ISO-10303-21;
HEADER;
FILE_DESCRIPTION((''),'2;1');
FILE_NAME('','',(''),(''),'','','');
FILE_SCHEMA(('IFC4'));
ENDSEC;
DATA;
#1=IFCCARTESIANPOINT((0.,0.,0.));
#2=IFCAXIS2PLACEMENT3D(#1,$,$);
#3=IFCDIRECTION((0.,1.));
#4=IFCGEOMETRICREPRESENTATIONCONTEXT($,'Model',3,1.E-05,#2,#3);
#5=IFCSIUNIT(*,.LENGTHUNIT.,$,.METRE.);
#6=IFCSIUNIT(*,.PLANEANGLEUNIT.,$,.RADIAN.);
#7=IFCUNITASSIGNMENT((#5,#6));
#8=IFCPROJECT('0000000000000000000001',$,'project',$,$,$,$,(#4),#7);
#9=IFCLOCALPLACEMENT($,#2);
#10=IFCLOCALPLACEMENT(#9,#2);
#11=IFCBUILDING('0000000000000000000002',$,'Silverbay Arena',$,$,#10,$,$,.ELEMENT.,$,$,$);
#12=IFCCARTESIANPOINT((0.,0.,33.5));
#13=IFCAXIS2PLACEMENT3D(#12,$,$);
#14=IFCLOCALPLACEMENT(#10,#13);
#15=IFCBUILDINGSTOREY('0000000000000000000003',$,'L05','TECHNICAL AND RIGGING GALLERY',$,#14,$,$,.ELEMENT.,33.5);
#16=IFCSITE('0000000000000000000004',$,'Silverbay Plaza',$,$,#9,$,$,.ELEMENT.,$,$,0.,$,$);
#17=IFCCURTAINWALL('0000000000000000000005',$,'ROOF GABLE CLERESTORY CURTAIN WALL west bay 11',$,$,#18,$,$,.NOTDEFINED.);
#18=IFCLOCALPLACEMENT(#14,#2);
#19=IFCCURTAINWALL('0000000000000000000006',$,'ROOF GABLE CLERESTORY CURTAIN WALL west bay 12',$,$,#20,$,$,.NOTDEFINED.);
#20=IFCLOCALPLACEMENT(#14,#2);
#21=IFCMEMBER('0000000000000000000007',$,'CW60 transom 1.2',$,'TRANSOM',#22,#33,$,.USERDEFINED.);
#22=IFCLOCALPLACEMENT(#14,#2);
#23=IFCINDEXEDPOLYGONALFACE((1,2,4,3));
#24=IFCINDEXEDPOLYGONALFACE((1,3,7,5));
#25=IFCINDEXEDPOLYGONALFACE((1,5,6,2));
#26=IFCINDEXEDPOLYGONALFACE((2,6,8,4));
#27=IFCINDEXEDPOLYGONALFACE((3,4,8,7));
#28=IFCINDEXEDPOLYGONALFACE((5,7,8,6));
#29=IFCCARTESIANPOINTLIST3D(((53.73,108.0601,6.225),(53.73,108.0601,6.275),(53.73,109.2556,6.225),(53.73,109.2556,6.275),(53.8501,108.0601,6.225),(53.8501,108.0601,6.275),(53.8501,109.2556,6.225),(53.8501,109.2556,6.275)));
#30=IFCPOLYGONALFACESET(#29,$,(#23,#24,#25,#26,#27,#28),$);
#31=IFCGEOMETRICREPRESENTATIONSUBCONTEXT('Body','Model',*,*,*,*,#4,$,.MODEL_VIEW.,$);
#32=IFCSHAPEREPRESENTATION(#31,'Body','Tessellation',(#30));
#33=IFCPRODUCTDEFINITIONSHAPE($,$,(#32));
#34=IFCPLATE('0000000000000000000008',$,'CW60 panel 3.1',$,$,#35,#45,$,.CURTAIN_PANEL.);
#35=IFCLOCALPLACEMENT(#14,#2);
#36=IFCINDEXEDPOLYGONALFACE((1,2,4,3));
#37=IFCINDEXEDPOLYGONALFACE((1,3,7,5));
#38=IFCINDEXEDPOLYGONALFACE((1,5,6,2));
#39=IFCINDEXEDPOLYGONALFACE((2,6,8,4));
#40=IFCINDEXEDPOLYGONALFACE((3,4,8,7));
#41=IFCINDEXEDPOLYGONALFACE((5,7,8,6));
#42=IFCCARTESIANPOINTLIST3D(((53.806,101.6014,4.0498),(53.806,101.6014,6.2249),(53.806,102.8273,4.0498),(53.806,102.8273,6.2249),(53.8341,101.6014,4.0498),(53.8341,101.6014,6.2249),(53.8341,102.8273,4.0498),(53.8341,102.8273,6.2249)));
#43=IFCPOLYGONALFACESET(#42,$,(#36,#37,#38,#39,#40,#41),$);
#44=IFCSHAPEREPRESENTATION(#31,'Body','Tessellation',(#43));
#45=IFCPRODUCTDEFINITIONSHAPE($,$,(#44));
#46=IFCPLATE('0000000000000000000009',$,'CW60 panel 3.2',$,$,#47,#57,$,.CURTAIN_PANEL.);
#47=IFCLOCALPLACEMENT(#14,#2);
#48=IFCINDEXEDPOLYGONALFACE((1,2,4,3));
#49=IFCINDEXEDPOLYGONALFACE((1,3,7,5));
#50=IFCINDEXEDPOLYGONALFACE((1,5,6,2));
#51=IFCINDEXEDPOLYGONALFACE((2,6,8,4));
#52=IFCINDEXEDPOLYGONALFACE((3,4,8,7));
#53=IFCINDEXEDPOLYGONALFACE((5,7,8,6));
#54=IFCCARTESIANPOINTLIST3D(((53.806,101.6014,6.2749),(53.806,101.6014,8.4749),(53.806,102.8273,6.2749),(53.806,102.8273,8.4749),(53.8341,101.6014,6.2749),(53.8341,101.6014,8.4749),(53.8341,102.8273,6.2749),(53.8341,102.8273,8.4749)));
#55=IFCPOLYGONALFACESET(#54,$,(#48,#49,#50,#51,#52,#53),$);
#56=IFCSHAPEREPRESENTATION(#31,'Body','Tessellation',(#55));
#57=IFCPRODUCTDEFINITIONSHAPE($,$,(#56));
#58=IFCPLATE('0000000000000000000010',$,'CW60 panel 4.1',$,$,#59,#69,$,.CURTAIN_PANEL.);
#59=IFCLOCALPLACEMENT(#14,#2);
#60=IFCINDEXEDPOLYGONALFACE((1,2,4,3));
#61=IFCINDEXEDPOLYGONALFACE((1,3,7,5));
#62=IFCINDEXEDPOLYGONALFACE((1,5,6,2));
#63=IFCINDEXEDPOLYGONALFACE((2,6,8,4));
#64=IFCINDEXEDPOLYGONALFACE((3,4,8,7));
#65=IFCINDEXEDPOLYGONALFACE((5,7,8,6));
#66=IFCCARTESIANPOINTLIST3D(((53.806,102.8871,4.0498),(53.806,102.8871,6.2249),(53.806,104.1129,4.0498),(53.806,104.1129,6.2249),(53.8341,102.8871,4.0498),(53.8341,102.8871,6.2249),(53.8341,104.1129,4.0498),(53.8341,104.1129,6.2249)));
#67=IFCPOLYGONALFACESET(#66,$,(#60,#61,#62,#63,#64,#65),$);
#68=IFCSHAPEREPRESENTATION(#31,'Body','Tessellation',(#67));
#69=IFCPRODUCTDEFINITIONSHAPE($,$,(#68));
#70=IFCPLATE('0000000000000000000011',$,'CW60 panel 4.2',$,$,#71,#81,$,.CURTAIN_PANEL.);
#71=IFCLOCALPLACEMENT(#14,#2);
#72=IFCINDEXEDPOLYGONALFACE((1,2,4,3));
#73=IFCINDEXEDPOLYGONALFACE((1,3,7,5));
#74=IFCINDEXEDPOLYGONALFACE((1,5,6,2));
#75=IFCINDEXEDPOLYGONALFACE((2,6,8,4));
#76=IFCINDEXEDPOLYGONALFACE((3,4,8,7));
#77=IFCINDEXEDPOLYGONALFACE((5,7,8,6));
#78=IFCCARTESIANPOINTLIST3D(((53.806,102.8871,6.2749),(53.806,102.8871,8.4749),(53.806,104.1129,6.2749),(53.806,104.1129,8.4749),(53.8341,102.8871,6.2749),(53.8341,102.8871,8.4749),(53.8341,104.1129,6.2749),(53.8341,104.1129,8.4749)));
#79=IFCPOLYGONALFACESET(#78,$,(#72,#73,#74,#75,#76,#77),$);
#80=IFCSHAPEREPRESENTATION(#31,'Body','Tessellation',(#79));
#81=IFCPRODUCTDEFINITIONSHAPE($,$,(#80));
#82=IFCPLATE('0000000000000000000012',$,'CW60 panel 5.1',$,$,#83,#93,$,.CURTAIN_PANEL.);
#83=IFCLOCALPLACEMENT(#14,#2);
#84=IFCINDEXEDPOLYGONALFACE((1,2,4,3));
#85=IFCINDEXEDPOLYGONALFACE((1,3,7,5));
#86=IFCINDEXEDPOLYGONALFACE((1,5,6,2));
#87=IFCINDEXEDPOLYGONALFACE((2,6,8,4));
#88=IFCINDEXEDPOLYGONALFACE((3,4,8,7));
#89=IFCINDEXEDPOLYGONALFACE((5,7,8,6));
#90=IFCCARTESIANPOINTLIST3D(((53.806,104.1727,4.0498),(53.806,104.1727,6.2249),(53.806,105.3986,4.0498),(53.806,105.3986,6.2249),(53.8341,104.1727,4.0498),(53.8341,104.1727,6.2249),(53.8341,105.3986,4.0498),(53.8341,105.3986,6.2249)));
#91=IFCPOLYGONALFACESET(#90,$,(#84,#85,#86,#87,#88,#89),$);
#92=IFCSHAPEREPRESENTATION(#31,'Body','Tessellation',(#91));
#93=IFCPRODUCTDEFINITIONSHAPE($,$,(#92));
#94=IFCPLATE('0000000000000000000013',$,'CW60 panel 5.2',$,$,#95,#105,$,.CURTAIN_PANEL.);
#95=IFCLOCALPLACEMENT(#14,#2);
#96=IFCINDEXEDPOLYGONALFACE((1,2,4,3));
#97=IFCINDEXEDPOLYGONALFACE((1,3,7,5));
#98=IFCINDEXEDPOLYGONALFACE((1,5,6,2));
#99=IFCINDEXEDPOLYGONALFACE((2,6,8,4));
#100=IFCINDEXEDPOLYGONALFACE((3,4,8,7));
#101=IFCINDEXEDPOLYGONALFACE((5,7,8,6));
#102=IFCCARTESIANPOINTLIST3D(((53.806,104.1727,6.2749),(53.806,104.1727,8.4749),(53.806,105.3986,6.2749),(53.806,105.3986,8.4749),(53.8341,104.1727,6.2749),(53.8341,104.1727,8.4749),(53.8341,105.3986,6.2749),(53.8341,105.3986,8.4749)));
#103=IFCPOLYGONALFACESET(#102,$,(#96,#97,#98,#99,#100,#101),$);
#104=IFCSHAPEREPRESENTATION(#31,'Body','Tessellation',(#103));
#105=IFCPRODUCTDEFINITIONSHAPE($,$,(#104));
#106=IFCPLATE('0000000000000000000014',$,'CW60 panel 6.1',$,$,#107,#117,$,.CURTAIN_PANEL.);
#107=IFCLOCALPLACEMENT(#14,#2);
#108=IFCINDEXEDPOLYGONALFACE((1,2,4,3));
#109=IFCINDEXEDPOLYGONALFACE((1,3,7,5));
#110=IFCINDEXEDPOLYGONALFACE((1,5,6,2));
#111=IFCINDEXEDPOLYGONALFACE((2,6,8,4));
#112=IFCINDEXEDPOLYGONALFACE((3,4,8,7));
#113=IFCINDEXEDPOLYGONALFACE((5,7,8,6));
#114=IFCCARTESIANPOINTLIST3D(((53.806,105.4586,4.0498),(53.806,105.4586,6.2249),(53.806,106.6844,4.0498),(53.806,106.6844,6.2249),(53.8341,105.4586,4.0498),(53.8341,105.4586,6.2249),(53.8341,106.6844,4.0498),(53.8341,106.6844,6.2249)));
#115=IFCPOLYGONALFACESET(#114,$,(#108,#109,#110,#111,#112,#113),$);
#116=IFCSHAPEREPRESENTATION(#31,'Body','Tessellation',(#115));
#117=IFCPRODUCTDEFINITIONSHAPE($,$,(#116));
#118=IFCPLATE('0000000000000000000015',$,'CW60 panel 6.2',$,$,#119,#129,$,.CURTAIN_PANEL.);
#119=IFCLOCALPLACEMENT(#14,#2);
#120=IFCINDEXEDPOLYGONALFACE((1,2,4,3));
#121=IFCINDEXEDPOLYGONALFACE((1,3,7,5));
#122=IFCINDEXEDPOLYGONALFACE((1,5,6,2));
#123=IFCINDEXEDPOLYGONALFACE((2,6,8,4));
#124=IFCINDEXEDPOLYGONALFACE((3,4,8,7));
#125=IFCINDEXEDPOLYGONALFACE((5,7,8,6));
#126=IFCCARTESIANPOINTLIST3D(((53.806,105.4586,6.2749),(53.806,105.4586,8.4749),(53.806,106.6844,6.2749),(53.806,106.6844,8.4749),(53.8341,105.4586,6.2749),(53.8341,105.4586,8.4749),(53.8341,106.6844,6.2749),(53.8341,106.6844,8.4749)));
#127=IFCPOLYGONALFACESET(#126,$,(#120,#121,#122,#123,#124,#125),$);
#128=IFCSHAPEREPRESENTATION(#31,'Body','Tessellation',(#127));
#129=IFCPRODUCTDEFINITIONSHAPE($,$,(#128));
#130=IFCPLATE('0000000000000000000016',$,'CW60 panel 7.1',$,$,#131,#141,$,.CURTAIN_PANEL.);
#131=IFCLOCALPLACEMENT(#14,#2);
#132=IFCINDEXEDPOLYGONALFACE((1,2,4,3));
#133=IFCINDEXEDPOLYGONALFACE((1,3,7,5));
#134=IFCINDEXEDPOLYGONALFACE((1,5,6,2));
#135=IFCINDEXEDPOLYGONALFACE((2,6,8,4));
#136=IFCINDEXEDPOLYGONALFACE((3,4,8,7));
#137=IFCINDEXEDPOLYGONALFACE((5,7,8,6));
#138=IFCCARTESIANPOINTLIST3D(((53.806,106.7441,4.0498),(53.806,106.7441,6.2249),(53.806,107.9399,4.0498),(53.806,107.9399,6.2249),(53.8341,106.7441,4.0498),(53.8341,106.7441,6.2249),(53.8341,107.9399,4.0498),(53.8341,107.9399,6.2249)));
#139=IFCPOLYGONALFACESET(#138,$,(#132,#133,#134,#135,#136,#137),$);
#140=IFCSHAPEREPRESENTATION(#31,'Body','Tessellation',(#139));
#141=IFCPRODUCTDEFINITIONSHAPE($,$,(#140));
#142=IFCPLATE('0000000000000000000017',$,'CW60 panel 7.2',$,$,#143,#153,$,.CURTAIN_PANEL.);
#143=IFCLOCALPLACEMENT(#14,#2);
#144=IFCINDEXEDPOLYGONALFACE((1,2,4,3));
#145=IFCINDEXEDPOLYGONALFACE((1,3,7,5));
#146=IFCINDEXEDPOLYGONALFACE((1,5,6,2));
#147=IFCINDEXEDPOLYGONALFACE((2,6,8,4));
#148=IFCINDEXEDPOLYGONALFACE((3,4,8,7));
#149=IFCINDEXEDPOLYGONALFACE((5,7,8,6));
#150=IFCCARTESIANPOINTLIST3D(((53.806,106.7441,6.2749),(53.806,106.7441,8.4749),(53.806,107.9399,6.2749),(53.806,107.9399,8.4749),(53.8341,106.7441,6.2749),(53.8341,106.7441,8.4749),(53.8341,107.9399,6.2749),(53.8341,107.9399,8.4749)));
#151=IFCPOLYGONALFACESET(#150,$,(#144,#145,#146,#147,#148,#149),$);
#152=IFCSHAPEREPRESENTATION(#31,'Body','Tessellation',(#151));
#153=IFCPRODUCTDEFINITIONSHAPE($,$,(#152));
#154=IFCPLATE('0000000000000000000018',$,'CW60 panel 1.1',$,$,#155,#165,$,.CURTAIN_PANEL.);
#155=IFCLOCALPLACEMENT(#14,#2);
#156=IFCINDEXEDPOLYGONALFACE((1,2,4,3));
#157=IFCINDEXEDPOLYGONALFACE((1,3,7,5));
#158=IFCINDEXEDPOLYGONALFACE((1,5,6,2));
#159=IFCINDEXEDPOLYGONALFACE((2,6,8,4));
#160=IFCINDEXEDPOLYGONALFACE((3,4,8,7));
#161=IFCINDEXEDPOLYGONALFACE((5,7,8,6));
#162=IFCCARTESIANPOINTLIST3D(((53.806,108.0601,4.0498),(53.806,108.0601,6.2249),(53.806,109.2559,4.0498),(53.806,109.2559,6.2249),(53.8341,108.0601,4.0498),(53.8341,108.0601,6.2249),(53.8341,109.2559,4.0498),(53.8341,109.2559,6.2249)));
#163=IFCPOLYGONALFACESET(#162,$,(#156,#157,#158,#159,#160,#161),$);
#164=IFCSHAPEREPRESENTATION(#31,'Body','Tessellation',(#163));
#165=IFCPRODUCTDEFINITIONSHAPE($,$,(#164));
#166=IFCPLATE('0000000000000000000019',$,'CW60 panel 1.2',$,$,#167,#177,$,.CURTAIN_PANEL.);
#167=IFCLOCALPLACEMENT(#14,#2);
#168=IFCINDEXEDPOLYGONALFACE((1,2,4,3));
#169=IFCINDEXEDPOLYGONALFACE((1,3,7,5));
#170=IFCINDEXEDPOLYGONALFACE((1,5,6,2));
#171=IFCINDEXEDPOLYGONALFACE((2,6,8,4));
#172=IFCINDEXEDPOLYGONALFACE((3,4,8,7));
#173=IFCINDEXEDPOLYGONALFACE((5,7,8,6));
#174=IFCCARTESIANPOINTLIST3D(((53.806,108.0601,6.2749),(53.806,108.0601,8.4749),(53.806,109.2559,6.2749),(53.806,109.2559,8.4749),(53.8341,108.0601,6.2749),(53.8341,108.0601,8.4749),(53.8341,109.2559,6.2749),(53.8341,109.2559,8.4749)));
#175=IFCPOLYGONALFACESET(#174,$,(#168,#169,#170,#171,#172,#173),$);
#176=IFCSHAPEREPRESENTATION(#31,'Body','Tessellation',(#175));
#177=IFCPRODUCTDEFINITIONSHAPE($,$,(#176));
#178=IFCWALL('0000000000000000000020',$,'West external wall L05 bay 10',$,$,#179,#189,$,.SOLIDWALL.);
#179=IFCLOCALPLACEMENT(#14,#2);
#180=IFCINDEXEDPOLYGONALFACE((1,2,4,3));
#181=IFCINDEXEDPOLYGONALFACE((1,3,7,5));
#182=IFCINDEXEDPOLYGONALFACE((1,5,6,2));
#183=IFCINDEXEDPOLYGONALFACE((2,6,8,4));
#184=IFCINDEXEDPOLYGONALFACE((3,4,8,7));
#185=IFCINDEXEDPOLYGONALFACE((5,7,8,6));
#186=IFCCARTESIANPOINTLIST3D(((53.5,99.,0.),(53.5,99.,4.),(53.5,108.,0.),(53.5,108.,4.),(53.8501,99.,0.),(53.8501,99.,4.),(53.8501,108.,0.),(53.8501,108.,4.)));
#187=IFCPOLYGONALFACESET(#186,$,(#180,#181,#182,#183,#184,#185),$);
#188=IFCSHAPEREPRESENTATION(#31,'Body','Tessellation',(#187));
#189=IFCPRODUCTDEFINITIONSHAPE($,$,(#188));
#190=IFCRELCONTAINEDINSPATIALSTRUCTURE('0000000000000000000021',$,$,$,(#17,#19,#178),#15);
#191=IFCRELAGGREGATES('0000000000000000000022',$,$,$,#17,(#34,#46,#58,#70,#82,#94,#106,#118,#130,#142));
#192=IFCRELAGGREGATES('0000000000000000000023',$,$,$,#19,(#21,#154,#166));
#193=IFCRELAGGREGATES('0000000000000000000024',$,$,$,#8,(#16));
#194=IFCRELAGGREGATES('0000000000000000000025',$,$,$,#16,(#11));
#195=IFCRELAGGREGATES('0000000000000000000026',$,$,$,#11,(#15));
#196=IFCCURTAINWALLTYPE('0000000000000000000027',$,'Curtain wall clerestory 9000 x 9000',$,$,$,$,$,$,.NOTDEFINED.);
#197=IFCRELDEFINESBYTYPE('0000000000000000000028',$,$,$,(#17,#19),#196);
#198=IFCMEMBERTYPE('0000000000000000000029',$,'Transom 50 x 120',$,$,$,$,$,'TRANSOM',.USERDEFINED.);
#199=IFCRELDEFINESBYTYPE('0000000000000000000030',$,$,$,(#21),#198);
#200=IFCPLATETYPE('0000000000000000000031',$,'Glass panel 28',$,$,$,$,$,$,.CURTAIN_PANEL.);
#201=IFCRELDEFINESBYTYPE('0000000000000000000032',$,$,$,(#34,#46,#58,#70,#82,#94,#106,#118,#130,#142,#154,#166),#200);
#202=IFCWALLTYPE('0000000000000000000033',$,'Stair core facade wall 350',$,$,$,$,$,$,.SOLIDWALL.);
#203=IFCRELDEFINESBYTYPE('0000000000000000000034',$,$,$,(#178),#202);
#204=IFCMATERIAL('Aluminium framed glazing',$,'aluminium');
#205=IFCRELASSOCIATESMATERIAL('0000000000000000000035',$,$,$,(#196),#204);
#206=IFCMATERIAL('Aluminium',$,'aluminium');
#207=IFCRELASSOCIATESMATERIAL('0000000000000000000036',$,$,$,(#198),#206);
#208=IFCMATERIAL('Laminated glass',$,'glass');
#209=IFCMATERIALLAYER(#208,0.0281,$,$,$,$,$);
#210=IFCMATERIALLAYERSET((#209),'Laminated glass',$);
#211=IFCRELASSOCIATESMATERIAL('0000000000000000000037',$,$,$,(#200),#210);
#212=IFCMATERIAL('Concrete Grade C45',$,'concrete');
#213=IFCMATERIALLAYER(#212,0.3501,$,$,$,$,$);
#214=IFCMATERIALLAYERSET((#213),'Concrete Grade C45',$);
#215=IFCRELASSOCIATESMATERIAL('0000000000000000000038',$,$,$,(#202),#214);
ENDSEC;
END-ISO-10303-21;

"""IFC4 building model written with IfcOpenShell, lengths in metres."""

from ifc_helpers import new_model, si_unit, direction, frame, frame_2d, origin, origin_2d, place, context, subcontext, project, spatial, rectangle, extrude, material, layer, layer_set, material_profile, profile_set, type_object, element, aggregate, save


model = new_model("IFC4")

# Units and contexts
model_context = context("Model", 3, precision=1e-05, world=origin(), true_north=direction((0.0, 1.0)))
body_context = subcontext(model_context, "Body", "Model", "MODEL_VIEW")
ifc_project = project(units=[si_unit("LENGTHUNIT", "METRE"), si_unit("PLANEANGLEUNIT", "RADIAN")], contexts=[model_context])

# Site, building, storey
site_placement = place(None, origin())
site = spatial("IfcSite", under=ifc_project, at=site_placement, Name="Silverbay Plaza", CompositionType="ELEMENT", RefElevation=0.0)
building_placement = place(site_placement, origin())
building = spatial("IfcBuilding", under=site, at=building_placement, Name="Silverbay Arena", CompositionType="ELEMENT")
storey_placement = place(building_placement, frame((0.0, 0.0, 33.5)))
storey = spatial("IfcBuildingStorey", under=building, at=storey_placement, Name="L05", Description="TECHNICAL AND RIGGING GALLERY", CompositionType="ELEMENT", Elevation=33.5)

# Curtain wall
ifc_material_1 = material(Name="Aluminium framed glazing", Category="aluminium")
curtain_wall_type = type_object("IfcCurtainWallType", Name="Curtain wall clerestory 9000 x 9000", PredefinedType="NOTDEFINED", material=ifc_material_1)
curtain_wall_1_placement = place(storey_placement, origin())
curtain_wall_1 = element("IfcCurtainWall", 1, at=curtain_wall_1_placement, inside=storey, type_object=curtain_wall_type, Name="ROOF GABLE CLERESTORY CURTAIN WALL west bay 11", PredefinedType="NOTDEFINED")

# Curtain wall
curtain_wall_2_placement = place(storey_placement, origin())
curtain_wall_2 = element("IfcCurtainWall", 2, at=curtain_wall_2_placement, inside=storey, type_object=curtain_wall_type, Name="ROOF GABLE CLERESTORY CURTAIN WALL west bay 12", PredefinedType="NOTDEFINED")

# Member
ifc_material_2 = material(Name="Aluminium", Category="aluminium")
ifc_material_profile_1 = material_profile(ifc_material_2, rectangle(XDim=0.1201, YDim=0.05, at=origin_2d()), Name="Transom 50 x 120")
ifc_profile_set_1 = profile_set([ifc_material_profile_1], Name="Aluminium")
member_type_1 = type_object("IfcMemberType", Name="Transom 50 x 120", ElementType="TRANSOM", PredefinedType="USERDEFINED", material=ifc_profile_set_1)
member_1_placement = place(storey_placement, frame((53.79, 108.0601, 6.25), z_axis=(0.0, 1.0, 0.0), x_axis=(-1.0, 0.0, 0.0)))
member_1 = element("IfcMember", 3, at=member_1_placement, type_object=member_type_1, Name="CW60 transom 1.2", ObjectType="TRANSOM", PredefinedType="USERDEFINED", context=body_context, shape_type="SweptSolid", body=[
    extrude(rectangle(XDim=0.1201, YDim=0.05, at=origin_2d()), origin(), (0.0, 0.0, 1.0), 1.1956),
])

# Plates
ifc_material_3 = material(Name="Laminated glass", Category="glass")
ifc_layer_1 = layer(ifc_material_3, 0.0281)
ifc_layer_set_1 = layer_set([ifc_layer_1], Name="Laminated glass")
plate_type = type_object("IfcPlateType", Name="Glass panel 28", PredefinedType="CURTAIN_PANEL", material=ifc_layer_set_1)
plate_1_placement = place(storey_placement, frame((53.8201, 102.2144, 4.0498), z_axis=(0.0, 0.0, 1.0), x_axis=(0.0, 1.0, 0.0)))
plate_1 = element("IfcPlate", 4, at=plate_1_placement, type_object=plate_type, Name="CW60 panel 3.1", PredefinedType="CURTAIN_PANEL", context=body_context, shape_type="SweptSolid", body=[
    extrude(rectangle(XDim=1.2258, YDim=0.0281, at=origin_2d()), origin(), (0.0, 0.0, 1.0), 2.175),
])
plate_2_placement = place(storey_placement, frame((53.8201, 102.2144, 6.2749), z_axis=(0.0, 0.0, 1.0), x_axis=(0.0, 1.0, 0.0)))
plate_2 = element("IfcPlate", 5, at=plate_2_placement, type_object=plate_type, Name="CW60 panel 3.2", PredefinedType="CURTAIN_PANEL", context=body_context, shape_type="SweptSolid", body=[
    extrude(rectangle(XDim=1.2258, YDim=0.0281, at=origin_2d()), origin(), (0.0, 0.0, 1.0), 2.2),
])
plate_3_placement = place(storey_placement, frame((53.8201, 103.5, 4.0498), z_axis=(0.0, 0.0, 1.0), x_axis=(0.0, 1.0, 0.0)))
plate_3 = element("IfcPlate", 6, at=plate_3_placement, type_object=plate_type, Name="CW60 panel 4.1", PredefinedType="CURTAIN_PANEL", context=body_context, shape_type="SweptSolid", body=[
    extrude(rectangle(XDim=1.2258, YDim=0.0281, at=origin_2d()), origin(), (0.0, 0.0, 1.0), 2.175),
])
plate_4_placement = place(storey_placement, frame((53.8201, 103.5, 6.2749), z_axis=(0.0, 0.0, 1.0), x_axis=(0.0, 1.0, 0.0)))
plate_4 = element("IfcPlate", 7, at=plate_4_placement, type_object=plate_type, Name="CW60 panel 4.2", PredefinedType="CURTAIN_PANEL", context=body_context, shape_type="SweptSolid", body=[
    extrude(rectangle(XDim=1.2258, YDim=0.0281, at=origin_2d()), origin(), (0.0, 0.0, 1.0), 2.2),
])
plate_5_placement = place(storey_placement, frame((53.8201, 104.7856, 4.0498), z_axis=(0.0, 0.0, 1.0), x_axis=(0.0, 1.0, 0.0)))
plate_5 = element("IfcPlate", 8, at=plate_5_placement, type_object=plate_type, Name="CW60 panel 5.1", PredefinedType="CURTAIN_PANEL", context=body_context, shape_type="SweptSolid", body=[
    extrude(rectangle(XDim=1.2258, YDim=0.0281, at=origin_2d()), origin(), (0.0, 0.0, 1.0), 2.175),
])
plate_6_placement = place(storey_placement, frame((53.8201, 104.7856, 6.2749), z_axis=(0.0, 0.0, 1.0), x_axis=(0.0, 1.0, 0.0)))
plate_6 = element("IfcPlate", 9, at=plate_6_placement, type_object=plate_type, Name="CW60 panel 5.2", PredefinedType="CURTAIN_PANEL", context=body_context, shape_type="SweptSolid", body=[
    extrude(rectangle(XDim=1.2258, YDim=0.0281, at=origin_2d()), origin(), (0.0, 0.0, 1.0), 2.2),
])
plate_7_placement = place(storey_placement, frame((53.8201, 106.0715, 4.0498), z_axis=(0.0, 0.0, 1.0), x_axis=(0.0, 1.0, 0.0)))
plate_7 = element("IfcPlate", 10, at=plate_7_placement, type_object=plate_type, Name="CW60 panel 6.1", PredefinedType="CURTAIN_PANEL", context=body_context, shape_type="SweptSolid", body=[
    extrude(rectangle(XDim=1.2258, YDim=0.0281, at=origin_2d()), origin(), (0.0, 0.0, 1.0), 2.175),
])
plate_8_placement = place(storey_placement, frame((53.8201, 106.0715, 6.2749), z_axis=(0.0, 0.0, 1.0), x_axis=(0.0, 1.0, 0.0)))
plate_8 = element("IfcPlate", 11, at=plate_8_placement, type_object=plate_type, Name="CW60 panel 6.2", PredefinedType="CURTAIN_PANEL", context=body_context, shape_type="SweptSolid", body=[
    extrude(rectangle(XDim=1.2258, YDim=0.0281, at=origin_2d()), origin(), (0.0, 0.0, 1.0), 2.2),
])
plate_9_placement = place(storey_placement, frame((53.8201, 107.342, 4.0498), z_axis=(0.0, 0.0, 1.0), x_axis=(0.0, 1.0, 0.0)))
plate_9 = element("IfcPlate", 12, at=plate_9_placement, type_object=plate_type, Name="CW60 panel 7.1", PredefinedType="CURTAIN_PANEL", context=body_context, shape_type="SweptSolid", body=[
    extrude(rectangle(XDim=1.1958, YDim=0.0281, at=origin_2d()), origin(), (0.0, 0.0, 1.0), 2.175),
])
plate_10_placement = place(storey_placement, frame((53.8201, 107.342, 6.2749), z_axis=(0.0, 0.0, 1.0), x_axis=(0.0, 1.0, 0.0)))
plate_10 = element("IfcPlate", 13, at=plate_10_placement, type_object=plate_type, Name="CW60 panel 7.2", PredefinedType="CURTAIN_PANEL", context=body_context, shape_type="SweptSolid", body=[
    extrude(rectangle(XDim=1.1958, YDim=0.0281, at=origin_2d()), origin(), (0.0, 0.0, 1.0), 2.2),
])
aggregate(curtain_wall_1, [plate_1, plate_2, plate_3, plate_4, plate_5, plate_6, plate_7, plate_8, plate_9, plate_10])
plate_11_placement = place(storey_placement, frame((53.8201, 108.658, 4.0498), z_axis=(0.0, 0.0, 1.0), x_axis=(0.0, 1.0, 0.0)))
plate_11 = element("IfcPlate", 14, at=plate_11_placement, type_object=plate_type, Name="CW60 panel 1.1", PredefinedType="CURTAIN_PANEL", context=body_context, shape_type="SweptSolid", body=[
    extrude(rectangle(XDim=1.1958, YDim=0.0281, at=origin_2d()), origin(), (0.0, 0.0, 1.0), 2.175),
])
plate_12_placement = place(storey_placement, frame((53.8201, 108.658, 6.2749), z_axis=(0.0, 0.0, 1.0), x_axis=(0.0, 1.0, 0.0)))
plate_12 = element("IfcPlate", 15, at=plate_12_placement, type_object=plate_type, Name="CW60 panel 1.2", PredefinedType="CURTAIN_PANEL", context=body_context, shape_type="SweptSolid", body=[
    extrude(rectangle(XDim=1.1958, YDim=0.0281, at=origin_2d()), origin(), (0.0, 0.0, 1.0), 2.2),
])
aggregate(curtain_wall_2, [member_1, plate_11, plate_12])

# Wall
ifc_material_4 = material(Name="Concrete Grade C45", Category="concrete")
ifc_layer_2 = layer(ifc_material_4, 0.3501)
ifc_layer_set_2 = layer_set([ifc_layer_2], Name="Concrete Grade C45")
wall_type = type_object("IfcWallType", Name="Stair core facade wall 350", PredefinedType="SOLIDWALL", material=ifc_layer_set_2)
wall_placement = place(storey_placement, frame((53.675, 108.0, 0.0), z_axis=(0.0, 0.0, 1.0), x_axis=(0.0, -1.0, 0.0)))
element("IfcWall", 16, at=wall_placement, inside=storey, type_object=wall_type, Name="West external wall L05 bay 10", PredefinedType="SOLIDWALL", context=body_context, shape_type="SweptSolid", body=[
    extrude(rectangle(XDim=9.0, YDim=0.3501, at=frame_2d((4.5, 0.0))), origin(), (0.0, 0.0, 1.0), 4.0),
])

save(model, "model.ifc")
